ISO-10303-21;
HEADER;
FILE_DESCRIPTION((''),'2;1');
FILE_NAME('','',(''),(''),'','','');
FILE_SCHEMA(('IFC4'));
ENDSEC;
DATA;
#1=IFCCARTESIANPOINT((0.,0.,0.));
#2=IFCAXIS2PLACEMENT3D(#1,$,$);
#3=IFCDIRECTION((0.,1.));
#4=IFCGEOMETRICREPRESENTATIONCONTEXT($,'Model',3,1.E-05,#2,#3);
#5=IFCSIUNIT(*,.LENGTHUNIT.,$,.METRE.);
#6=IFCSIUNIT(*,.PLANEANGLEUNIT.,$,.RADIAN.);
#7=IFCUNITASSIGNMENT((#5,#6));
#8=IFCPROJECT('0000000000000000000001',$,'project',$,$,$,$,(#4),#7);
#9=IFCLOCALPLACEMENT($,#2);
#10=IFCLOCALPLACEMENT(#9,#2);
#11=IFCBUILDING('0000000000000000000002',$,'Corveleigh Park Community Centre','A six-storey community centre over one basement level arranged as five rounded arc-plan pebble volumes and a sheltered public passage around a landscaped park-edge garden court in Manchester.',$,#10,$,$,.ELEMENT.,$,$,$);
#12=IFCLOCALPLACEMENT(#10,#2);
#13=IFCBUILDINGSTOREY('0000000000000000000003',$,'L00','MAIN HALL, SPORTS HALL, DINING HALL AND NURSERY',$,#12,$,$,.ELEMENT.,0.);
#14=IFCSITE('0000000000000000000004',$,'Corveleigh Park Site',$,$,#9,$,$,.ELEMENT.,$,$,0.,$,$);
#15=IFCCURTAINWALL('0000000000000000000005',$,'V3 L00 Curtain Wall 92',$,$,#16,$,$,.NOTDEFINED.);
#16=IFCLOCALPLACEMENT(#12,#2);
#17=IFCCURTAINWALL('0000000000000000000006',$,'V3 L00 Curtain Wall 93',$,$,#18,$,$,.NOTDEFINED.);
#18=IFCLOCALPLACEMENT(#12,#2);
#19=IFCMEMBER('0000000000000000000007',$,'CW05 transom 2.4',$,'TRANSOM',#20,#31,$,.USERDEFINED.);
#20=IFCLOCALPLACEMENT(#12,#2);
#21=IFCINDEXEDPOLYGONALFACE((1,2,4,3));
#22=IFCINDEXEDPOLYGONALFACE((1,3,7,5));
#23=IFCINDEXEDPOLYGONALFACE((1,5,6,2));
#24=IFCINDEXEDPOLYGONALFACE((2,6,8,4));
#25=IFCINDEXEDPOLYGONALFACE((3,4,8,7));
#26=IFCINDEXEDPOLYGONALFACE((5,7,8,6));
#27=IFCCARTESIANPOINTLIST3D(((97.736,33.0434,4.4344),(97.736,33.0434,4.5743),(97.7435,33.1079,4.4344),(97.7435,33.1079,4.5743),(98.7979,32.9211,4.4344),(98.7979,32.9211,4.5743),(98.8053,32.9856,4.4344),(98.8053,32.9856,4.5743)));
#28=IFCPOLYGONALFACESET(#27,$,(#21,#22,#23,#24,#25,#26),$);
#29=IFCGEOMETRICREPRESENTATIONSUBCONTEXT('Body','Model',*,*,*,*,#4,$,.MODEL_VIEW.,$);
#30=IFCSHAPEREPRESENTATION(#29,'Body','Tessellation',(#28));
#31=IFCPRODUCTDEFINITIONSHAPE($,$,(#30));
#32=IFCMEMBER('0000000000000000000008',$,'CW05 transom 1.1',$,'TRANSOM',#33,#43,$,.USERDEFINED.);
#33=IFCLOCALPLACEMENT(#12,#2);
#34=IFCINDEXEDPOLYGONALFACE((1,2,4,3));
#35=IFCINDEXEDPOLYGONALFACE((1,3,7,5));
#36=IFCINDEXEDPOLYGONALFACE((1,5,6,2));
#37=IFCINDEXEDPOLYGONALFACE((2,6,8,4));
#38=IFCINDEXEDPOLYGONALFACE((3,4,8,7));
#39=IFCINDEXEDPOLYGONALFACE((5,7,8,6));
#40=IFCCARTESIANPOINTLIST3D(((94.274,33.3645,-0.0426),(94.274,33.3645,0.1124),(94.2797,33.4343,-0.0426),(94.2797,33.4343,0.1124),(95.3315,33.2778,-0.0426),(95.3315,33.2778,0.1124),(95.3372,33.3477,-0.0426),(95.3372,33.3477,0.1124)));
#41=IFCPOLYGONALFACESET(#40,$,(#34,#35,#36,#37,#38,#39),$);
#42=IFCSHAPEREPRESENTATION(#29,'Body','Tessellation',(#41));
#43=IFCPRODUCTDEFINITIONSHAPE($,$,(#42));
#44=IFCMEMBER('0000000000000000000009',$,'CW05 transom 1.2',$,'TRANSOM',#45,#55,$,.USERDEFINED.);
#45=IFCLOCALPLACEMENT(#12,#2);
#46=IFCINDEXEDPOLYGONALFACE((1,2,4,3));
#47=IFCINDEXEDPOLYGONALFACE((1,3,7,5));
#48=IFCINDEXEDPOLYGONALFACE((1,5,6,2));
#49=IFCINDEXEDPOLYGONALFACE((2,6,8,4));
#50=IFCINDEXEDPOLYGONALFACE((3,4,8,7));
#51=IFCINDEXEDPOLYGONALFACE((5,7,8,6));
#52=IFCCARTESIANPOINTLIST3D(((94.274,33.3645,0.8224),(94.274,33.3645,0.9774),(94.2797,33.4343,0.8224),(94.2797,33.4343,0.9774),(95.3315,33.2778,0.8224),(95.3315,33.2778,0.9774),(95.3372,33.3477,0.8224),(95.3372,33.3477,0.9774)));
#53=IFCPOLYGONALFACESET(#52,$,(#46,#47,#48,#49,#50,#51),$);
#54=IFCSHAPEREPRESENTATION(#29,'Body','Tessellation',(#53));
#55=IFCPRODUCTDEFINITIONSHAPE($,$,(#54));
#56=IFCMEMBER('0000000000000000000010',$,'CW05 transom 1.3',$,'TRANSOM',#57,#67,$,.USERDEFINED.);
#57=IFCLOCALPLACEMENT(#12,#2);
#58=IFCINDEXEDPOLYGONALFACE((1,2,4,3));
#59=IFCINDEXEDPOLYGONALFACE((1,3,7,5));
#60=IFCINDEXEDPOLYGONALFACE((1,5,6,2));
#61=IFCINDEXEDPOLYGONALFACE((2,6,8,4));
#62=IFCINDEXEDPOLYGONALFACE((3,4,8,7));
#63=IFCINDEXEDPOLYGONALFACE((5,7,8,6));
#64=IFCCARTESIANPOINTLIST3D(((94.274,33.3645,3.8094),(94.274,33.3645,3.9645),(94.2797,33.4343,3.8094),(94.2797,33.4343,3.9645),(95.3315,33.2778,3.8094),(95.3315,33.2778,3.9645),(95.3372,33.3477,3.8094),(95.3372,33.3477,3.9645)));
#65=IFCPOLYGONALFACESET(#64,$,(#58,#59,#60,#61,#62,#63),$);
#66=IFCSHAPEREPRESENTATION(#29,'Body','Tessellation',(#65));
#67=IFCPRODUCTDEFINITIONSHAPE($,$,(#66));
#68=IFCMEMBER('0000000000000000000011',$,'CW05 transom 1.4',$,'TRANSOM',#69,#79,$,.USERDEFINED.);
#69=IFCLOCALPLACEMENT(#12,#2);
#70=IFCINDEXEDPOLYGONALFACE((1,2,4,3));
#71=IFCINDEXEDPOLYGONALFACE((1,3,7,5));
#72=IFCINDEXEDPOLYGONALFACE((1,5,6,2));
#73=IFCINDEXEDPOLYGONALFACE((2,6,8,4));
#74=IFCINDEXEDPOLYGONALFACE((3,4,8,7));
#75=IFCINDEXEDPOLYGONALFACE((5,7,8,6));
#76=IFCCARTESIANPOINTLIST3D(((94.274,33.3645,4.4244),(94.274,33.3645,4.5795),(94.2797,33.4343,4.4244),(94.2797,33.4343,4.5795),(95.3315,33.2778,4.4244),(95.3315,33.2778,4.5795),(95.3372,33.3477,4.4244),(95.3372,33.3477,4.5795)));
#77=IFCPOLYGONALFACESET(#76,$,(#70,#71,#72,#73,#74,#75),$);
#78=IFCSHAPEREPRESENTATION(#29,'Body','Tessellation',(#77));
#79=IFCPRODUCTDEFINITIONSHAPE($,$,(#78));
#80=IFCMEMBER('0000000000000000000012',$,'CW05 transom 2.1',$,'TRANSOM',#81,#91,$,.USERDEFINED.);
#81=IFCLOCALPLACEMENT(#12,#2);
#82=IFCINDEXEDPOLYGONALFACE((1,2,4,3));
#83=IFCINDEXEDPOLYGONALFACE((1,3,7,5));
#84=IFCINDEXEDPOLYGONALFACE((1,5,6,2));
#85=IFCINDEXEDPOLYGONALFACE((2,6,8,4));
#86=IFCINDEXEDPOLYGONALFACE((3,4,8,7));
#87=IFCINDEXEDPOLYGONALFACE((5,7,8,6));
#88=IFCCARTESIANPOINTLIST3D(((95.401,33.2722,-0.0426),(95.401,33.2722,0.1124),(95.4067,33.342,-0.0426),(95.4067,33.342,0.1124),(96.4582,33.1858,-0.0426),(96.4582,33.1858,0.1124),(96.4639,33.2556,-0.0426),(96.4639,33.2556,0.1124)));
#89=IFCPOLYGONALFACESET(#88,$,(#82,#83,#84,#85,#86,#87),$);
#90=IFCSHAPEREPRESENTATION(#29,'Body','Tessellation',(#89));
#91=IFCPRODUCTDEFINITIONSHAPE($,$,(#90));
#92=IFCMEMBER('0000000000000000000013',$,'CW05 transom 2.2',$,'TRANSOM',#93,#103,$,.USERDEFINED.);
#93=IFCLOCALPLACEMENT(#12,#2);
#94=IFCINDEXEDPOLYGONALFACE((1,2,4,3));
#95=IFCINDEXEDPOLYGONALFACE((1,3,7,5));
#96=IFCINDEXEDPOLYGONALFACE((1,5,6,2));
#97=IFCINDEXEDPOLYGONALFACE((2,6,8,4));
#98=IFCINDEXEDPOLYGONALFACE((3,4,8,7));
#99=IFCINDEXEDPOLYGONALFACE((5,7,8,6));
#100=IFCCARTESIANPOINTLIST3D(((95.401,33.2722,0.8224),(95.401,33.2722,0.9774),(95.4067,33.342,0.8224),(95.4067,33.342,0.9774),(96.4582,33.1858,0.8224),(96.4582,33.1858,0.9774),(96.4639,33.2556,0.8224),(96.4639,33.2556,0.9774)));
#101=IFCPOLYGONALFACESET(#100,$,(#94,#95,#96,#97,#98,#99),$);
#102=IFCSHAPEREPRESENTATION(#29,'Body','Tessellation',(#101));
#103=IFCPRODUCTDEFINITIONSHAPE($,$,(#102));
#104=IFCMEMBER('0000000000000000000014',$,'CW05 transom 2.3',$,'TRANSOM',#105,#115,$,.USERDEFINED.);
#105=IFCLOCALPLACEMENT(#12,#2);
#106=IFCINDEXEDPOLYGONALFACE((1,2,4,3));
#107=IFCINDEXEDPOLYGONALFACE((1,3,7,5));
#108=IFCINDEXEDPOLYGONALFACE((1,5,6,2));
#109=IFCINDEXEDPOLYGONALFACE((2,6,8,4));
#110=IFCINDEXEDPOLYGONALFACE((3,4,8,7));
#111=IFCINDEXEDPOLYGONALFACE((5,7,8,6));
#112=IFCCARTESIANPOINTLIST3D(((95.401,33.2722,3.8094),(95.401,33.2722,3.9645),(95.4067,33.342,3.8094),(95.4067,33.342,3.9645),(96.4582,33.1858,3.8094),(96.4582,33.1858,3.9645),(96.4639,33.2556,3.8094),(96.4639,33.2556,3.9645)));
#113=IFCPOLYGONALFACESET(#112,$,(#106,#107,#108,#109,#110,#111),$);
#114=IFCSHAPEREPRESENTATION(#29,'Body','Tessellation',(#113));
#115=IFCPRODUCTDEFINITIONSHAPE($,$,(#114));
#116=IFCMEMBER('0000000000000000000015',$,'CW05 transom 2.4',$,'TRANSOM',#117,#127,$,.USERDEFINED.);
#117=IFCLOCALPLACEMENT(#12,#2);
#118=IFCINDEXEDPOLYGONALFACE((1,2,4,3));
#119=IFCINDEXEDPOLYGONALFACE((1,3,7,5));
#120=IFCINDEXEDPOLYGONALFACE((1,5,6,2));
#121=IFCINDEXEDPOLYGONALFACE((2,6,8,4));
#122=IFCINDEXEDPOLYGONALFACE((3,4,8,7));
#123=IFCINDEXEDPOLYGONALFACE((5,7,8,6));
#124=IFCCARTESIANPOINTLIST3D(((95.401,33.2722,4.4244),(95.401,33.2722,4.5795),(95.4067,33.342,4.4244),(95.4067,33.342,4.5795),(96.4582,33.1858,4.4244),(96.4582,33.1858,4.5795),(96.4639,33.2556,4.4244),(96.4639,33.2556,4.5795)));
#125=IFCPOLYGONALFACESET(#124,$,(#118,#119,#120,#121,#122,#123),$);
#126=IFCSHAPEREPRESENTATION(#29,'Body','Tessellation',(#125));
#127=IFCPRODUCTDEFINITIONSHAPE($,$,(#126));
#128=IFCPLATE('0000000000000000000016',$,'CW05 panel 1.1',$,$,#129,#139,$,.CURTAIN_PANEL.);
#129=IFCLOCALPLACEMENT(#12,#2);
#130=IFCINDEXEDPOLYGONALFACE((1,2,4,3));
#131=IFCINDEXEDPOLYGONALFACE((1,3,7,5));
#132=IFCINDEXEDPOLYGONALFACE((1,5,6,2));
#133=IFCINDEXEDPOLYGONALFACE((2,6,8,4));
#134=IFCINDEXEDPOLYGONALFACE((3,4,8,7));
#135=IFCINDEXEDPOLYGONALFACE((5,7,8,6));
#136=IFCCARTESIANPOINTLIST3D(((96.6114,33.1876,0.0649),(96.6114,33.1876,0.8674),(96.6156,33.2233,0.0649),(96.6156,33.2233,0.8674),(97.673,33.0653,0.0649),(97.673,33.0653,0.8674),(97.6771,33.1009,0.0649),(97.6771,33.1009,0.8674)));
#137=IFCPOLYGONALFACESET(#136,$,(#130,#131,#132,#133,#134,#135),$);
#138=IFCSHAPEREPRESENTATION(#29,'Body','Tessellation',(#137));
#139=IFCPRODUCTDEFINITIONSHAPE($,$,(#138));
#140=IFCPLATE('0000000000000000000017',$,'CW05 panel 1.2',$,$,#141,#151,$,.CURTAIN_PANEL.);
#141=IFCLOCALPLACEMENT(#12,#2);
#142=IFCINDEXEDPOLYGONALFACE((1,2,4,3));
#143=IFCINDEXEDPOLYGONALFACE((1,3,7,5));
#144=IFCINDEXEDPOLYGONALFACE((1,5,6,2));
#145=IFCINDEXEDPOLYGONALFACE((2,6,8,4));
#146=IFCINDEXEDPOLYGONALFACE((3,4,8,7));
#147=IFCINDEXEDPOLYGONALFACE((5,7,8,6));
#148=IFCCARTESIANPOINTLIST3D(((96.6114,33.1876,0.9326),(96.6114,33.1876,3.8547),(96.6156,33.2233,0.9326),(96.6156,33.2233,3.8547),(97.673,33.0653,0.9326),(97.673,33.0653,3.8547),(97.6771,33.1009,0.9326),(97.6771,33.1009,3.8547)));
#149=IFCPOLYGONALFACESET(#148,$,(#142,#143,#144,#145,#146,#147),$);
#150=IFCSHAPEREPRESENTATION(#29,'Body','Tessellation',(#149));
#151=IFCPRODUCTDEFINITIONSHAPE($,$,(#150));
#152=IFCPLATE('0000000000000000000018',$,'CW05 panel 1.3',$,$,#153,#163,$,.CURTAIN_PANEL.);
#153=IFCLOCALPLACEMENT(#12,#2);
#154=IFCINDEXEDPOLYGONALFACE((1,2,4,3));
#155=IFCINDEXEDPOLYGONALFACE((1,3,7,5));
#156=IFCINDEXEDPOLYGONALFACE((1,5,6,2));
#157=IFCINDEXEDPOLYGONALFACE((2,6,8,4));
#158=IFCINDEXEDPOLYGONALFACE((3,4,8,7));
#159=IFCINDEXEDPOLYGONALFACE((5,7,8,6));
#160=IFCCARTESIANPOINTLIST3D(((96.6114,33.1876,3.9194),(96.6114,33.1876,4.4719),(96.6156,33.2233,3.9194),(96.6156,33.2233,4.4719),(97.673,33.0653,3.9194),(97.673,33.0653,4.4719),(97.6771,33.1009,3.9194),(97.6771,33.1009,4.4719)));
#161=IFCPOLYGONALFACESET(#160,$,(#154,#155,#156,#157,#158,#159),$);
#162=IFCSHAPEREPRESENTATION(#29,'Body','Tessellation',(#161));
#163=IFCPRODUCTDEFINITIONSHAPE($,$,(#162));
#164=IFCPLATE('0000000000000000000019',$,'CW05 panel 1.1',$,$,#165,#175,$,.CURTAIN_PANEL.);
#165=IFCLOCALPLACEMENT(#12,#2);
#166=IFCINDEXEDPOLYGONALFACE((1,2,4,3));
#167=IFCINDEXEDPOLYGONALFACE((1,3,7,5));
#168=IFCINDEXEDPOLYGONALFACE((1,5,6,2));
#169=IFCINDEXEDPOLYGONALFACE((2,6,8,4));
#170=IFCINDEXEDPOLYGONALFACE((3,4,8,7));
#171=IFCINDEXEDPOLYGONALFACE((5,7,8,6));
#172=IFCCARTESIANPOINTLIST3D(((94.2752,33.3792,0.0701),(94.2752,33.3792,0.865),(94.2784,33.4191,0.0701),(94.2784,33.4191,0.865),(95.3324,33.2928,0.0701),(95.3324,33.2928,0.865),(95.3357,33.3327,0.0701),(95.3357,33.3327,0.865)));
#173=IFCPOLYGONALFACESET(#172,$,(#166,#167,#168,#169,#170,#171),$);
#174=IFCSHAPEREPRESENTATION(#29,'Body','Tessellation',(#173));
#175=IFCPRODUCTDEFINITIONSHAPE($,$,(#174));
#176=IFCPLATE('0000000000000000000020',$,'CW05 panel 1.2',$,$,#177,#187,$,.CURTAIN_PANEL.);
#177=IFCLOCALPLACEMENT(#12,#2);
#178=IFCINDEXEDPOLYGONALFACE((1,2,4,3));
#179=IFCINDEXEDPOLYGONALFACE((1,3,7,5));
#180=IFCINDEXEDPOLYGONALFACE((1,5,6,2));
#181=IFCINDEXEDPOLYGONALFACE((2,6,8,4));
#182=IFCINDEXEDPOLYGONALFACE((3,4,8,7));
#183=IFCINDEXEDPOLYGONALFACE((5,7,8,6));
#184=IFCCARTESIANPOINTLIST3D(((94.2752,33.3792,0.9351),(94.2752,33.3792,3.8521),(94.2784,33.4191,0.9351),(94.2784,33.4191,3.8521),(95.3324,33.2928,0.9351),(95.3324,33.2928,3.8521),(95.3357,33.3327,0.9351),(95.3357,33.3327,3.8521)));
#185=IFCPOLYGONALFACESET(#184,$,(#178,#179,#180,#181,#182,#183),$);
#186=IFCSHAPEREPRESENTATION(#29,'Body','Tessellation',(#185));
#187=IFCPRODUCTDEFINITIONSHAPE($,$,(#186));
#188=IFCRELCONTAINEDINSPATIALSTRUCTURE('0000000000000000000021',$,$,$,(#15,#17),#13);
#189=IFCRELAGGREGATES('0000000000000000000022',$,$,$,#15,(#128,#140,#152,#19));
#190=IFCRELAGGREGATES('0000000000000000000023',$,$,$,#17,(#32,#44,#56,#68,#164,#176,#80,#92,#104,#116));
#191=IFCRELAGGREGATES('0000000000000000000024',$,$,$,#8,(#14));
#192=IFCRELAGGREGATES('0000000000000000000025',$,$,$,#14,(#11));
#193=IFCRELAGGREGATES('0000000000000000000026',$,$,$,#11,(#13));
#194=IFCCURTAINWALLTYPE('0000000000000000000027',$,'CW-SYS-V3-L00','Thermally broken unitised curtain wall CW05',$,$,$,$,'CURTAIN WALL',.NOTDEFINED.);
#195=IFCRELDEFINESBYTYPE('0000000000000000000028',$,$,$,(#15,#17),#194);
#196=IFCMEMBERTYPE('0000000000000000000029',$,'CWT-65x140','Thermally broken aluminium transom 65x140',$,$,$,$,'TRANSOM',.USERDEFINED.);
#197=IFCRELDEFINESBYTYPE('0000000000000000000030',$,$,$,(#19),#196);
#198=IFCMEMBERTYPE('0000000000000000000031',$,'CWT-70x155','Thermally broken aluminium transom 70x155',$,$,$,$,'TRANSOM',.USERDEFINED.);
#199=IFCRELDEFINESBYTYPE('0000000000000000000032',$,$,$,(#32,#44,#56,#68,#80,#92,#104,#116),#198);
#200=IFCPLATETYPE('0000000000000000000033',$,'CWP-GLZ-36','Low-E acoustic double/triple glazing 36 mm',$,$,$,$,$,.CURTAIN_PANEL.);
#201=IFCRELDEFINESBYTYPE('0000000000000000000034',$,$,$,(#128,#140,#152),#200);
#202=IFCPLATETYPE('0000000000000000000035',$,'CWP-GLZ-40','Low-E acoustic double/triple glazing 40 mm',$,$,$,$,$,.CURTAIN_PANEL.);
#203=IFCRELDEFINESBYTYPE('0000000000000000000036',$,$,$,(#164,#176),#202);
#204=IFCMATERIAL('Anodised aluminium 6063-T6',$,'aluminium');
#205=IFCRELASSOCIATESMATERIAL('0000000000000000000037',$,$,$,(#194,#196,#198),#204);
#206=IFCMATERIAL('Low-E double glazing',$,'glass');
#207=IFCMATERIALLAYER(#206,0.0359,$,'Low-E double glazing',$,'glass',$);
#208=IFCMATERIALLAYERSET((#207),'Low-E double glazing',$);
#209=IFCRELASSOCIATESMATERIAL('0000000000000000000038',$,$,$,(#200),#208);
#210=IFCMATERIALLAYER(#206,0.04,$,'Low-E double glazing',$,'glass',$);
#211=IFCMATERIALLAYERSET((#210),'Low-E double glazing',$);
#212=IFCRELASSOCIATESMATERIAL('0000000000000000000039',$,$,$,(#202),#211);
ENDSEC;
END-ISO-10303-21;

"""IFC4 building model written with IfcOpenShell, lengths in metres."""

from ifc_helpers import new_model, si_unit, direction, frame, origin, origin_2d, place, context, subcontext, project, spatial, rectangle, extrude, material, layer, layer_set, material_profile, profile_set, type_object, element, aggregate, save


model = new_model("IFC4")

# Units and contexts
model_context = context("Model", 3, precision=1e-05, world=origin(), true_north=direction((0.0, 1.0)))
body_context = subcontext(model_context, "Body", "Model", "MODEL_VIEW")
ifc_project = project(units=[si_unit("LENGTHUNIT", "METRE"), si_unit("PLANEANGLEUNIT", "RADIAN")], contexts=[model_context])

# Site, building, storey
site_placement = place(None, origin())
site = spatial("IfcSite", under=ifc_project, at=site_placement, Name="Corveleigh Park Site", CompositionType="ELEMENT", RefElevation=0.0)
building_placement = place(site_placement, origin())
building = spatial("IfcBuilding", under=site, at=building_placement, Name="Corveleigh Park Community Centre", Description="A six-storey community centre over one basement level arranged as five rounded arc-plan pebble volumes and a sheltered public passage around a landscaped park-edge garden court in Manchester.", CompositionType="ELEMENT")
storey_placement = place(building_placement, origin())
storey = spatial("IfcBuildingStorey", under=building, at=storey_placement, Name="L00", Description="MAIN HALL, SPORTS HALL, DINING HALL AND NURSERY", CompositionType="ELEMENT", Elevation=0.0)

# Curtain walls
ifc_material_1 = material(Name="Anodised aluminium 6063-T6", Category="aluminium")
curtain_wall_type = type_object("IfcCurtainWallType", Name="CW-SYS-V3-L00", Description="Thermally broken unitised curtain wall CW05", ElementType="CURTAIN WALL", PredefinedType="NOTDEFINED", material=ifc_material_1)
curtain_wall_1_placement = place(storey_placement, origin())
curtain_wall_1 = element("IfcCurtainWall", 1, at=curtain_wall_1_placement, inside=storey, type_object=curtain_wall_type, Name="V3 L00 Curtain Wall 92", PredefinedType="NOTDEFINED")
curtain_wall_2_placement = place(storey_placement, origin())
curtain_wall_2 = element("IfcCurtainWall", 2, at=curtain_wall_2_placement, inside=storey, type_object=curtain_wall_type, Name="V3 L00 Curtain Wall 93", PredefinedType="NOTDEFINED")

# Members
ifc_material_profile_1 = material_profile(ifc_material_1, rectangle(XDim=0.0649, YDim=0.1399, at=origin_2d()), Name="ALU-T65x140", Category="aluminium")
ifc_profile_set_1 = profile_set([ifc_material_profile_1], Name="Anodised aluminium 6063-T6")
member_type_1 = type_object("IfcMemberType", Name="CWT-65x140", Description="Thermally broken aluminium transom 65x140", ElementType="TRANSOM", PredefinedType="USERDEFINED", material=ifc_profile_set_1)
member_1_placement = place(storey_placement, frame((97.7397, 33.0757, 4.5044), z_axis=(0.99343, -0.114442, 0.0), x_axis=(0.114442, 0.99343, 0.0)))
member_1 = element("IfcMember", 3, at=member_1_placement, type_object=member_type_1, Name="CW05 transom 2.4", ObjectType="TRANSOM", PredefinedType="USERDEFINED", context=body_context, shape_type="SweptSolid", body=[
    extrude(rectangle(XDim=0.0649, YDim=0.1399, at=origin_2d()), origin(), (0.0, 0.0, 1.0), 1.0688),
])
ifc_material_profile_2 = material_profile(ifc_material_1, rectangle(XDim=0.0701, YDim=0.155, at=origin_2d()), Name="ALU-T70x155", Category="aluminium")
ifc_profile_set_2 = profile_set([ifc_material_profile_2], Name="Anodised aluminium 6063-T6")
member_type_2 = type_object("IfcMemberType", Name="CWT-70x155", Description="Thermally broken aluminium transom 70x155", ElementType="TRANSOM", PredefinedType="USERDEFINED", material=ifc_profile_set_2)
member_2_placement = place(storey_placement, frame((94.2769, 33.3994, 0.0349), z_axis=(0.996658, -0.081693, 0.0), x_axis=(0.081693, 0.996658, 0.0)))
member_2 = element("IfcMember", 4, at=member_2_placement, type_object=member_type_2, Name="CW05 transom 1.1", ObjectType="TRANSOM", PredefinedType="USERDEFINED", context=body_context, shape_type="SweptSolid", body=[
    extrude(rectangle(XDim=0.0701, YDim=0.155, at=origin_2d()), origin(), (0.0, 0.0, 1.0), 1.061),
])
member_3_placement = place(storey_placement, frame((94.2769, 33.3994, 0.8999), z_axis=(0.996658, -0.081693, 0.0), x_axis=(0.081693, 0.996658, 0.0)))
member_3 = element("IfcMember", 5, at=member_3_placement, type_object=member_type_2, Name="CW05 transom 1.2", ObjectType="TRANSOM", PredefinedType="USERDEFINED", context=body_context, shape_type="SweptSolid", body=[
    extrude(rectangle(XDim=0.0701, YDim=0.155, at=origin_2d()), origin(), (0.0, 0.0, 1.0), 1.061),
])
member_4_placement = place(storey_placement, frame((94.2769, 33.3994, 3.887), z_axis=(0.996658, -0.081693, 0.0), x_axis=(0.081693, 0.996658, 0.0)))
member_4 = element("IfcMember", 6, at=member_4_placement, type_object=member_type_2, Name="CW05 transom 1.3", ObjectType="TRANSOM", PredefinedType="USERDEFINED", context=body_context, shape_type="SweptSolid", body=[
    extrude(rectangle(XDim=0.0701, YDim=0.155, at=origin_2d()), origin(), (0.0, 0.0, 1.0), 1.061),
])
member_5_placement = place(storey_placement, frame((94.2769, 33.3994, 4.502), z_axis=(0.996658, -0.081693, 0.0), x_axis=(0.081693, 0.996658, 0.0)))
member_5 = element("IfcMember", 7, at=member_5_placement, type_object=member_type_2, Name="CW05 transom 1.4", ObjectType="TRANSOM", PredefinedType="USERDEFINED", context=body_context, shape_type="SweptSolid", body=[
    extrude(rectangle(XDim=0.0701, YDim=0.155, at=origin_2d()), origin(), (0.0, 0.0, 1.0), 1.061),
])
member_6_placement = place(storey_placement, frame((95.4038, 33.3071, 0.0349), z_axis=(0.996676, -0.081465, 0.0), x_axis=(0.081465, 0.996676, 0.0)))
member_6 = element("IfcMember", 8, at=member_6_placement, type_object=member_type_2, Name="CW05 transom 2.1", ObjectType="TRANSOM", PredefinedType="USERDEFINED", context=body_context, shape_type="SweptSolid", body=[
    extrude(rectangle(XDim=0.0701, YDim=0.155, at=origin_2d()), origin(), (0.0, 0.0, 1.0), 1.0608),
])
member_7_placement = place(storey_placement, frame((95.4038, 33.3071, 0.8999), z_axis=(0.996676, -0.081465, 0.0), x_axis=(0.081465, 0.996676, 0.0)))
member_7 = element("IfcMember", 9, at=member_7_placement, type_object=member_type_2, Name="CW05 transom 2.2", ObjectType="TRANSOM", PredefinedType="USERDEFINED", context=body_context, shape_type="SweptSolid", body=[
    extrude(rectangle(XDim=0.0701, YDim=0.155, at=origin_2d()), origin(), (0.0, 0.0, 1.0), 1.0608),
])
member_8_placement = place(storey_placement, frame((95.4038, 33.3071, 3.887), z_axis=(0.996676, -0.081465, 0.0), x_axis=(0.081465, 0.996676, 0.0)))
member_8 = element("IfcMember", 10, at=member_8_placement, type_object=member_type_2, Name="CW05 transom 2.3", ObjectType="TRANSOM", PredefinedType="USERDEFINED", context=body_context, shape_type="SweptSolid", body=[
    extrude(rectangle(XDim=0.0701, YDim=0.155, at=origin_2d()), origin(), (0.0, 0.0, 1.0), 1.0608),
])
member_9_placement = place(storey_placement, frame((95.4038, 33.3071, 4.502), z_axis=(0.996676, -0.081465, 0.0), x_axis=(0.081465, 0.996676, 0.0)))
member_9 = element("IfcMember", 11, at=member_9_placement, type_object=member_type_2, Name="CW05 transom 2.4", ObjectType="TRANSOM", PredefinedType="USERDEFINED", context=body_context, shape_type="SweptSolid", body=[
    extrude(rectangle(XDim=0.0701, YDim=0.155, at=origin_2d()), origin(), (0.0, 0.0, 1.0), 1.0608),
])

# Plates
ifc_material_2 = material(Name="Low-E double glazing", Category="glass")
ifc_layer_1 = layer(ifc_material_2, 0.0359, Name="Low-E double glazing", Category="glass")
ifc_layer_set_1 = layer_set([ifc_layer_1], Name="Low-E double glazing")
plate_type_1 = type_object("IfcPlateType", Name="CWP-GLZ-36", Description="Low-E acoustic double/triple glazing 36 mm", PredefinedType="CURTAIN_PANEL", material=ifc_layer_set_1)
plate_1_placement = place(storey_placement, frame((97.1443, 33.1443, 0.0649), z_axis=(0.0, 0.0, 1.0), x_axis=(0.993426, -0.114478, 0.0)))
plate_1 = element("IfcPlate", 12, at=plate_1_placement, type_object=plate_type_1, Name="CW05 panel 1.1", PredefinedType="CURTAIN_PANEL", context=body_context, shape_type="SweptSolid", body=[
    extrude(rectangle(XDim=1.0686, YDim=0.0359, at=origin_2d()), origin(), (0.0, 0.0, 1.0), 0.8025),
])
plate_2_placement = place(storey_placement, frame((97.1443, 33.1443, 0.9326), z_axis=(0.0, 0.0, 1.0), x_axis=(0.993426, -0.114478, 0.0)))
plate_2 = element("IfcPlate", 13, at=plate_2_placement, type_object=plate_type_1, Name="CW05 panel 1.2", PredefinedType="CURTAIN_PANEL", context=body_context, shape_type="SweptSolid", body=[
    extrude(rectangle(XDim=1.0686, YDim=0.0359, at=origin_2d()), origin(), (0.0, 0.0, 1.0), 2.9221),
])
plate_3_placement = place(storey_placement, frame((97.1443, 33.1443, 3.9194), z_axis=(0.0, 0.0, 1.0), x_axis=(0.993426, -0.114478, 0.0)))
plate_3 = element("IfcPlate", 14, at=plate_3_placement, type_object=plate_type_1, Name="CW05 panel 1.3", PredefinedType="CURTAIN_PANEL", context=body_context, shape_type="SweptSolid", body=[
    extrude(rectangle(XDim=1.0686, YDim=0.0359, at=origin_2d()), origin(), (0.0, 0.0, 1.0), 0.5525),
])
aggregate(curtain_wall_1, [plate_1, plate_2, plate_3, member_1])
ifc_layer_2 = layer(ifc_material_2, 0.04, Name="Low-E double glazing", Category="glass")
ifc_layer_set_2 = layer_set([ifc_layer_2], Name="Low-E double glazing")
plate_type_2 = type_object("IfcPlateType", Name="CWP-GLZ-40", Description="Low-E acoustic double/triple glazing 40 mm", PredefinedType="CURTAIN_PANEL", material=ifc_layer_set_2)
plate_4_placement = place(storey_placement, frame((94.8054, 33.356, 0.0701), z_axis=(0.0, 0.0, 1.0), x_axis=(0.996675, -0.081484, 0.0)))
plate_4 = element("IfcPlate", 15, at=plate_4_placement, type_object=plate_type_2, Name="CW05 panel 1.1", PredefinedType="CURTAIN_PANEL", context=body_context, shape_type="SweptSolid", body=[
    extrude(rectangle(XDim=1.0608, YDim=0.04, at=origin_2d()), origin(), (0.0, 0.0, 1.0), 0.7949),
])
plate_5_placement = place(storey_placement, frame((94.8054, 33.356, 0.9351), z_axis=(0.0, 0.0, 1.0), x_axis=(0.996675, -0.081484, 0.0)))
plate_5 = element("IfcPlate", 16, at=plate_5_placement, type_object=plate_type_2, Name="CW05 panel 1.2", PredefinedType="CURTAIN_PANEL", context=body_context, shape_type="SweptSolid", body=[
    extrude(rectangle(XDim=1.0608, YDim=0.04, at=origin_2d()), origin(), (0.0, 0.0, 1.0), 2.917),
])
aggregate(curtain_wall_2, [member_2, member_3, member_4, member_5, plate_4, plate_5, member_6, member_7, member_8, member_9])

save(model, "model.ifc")
